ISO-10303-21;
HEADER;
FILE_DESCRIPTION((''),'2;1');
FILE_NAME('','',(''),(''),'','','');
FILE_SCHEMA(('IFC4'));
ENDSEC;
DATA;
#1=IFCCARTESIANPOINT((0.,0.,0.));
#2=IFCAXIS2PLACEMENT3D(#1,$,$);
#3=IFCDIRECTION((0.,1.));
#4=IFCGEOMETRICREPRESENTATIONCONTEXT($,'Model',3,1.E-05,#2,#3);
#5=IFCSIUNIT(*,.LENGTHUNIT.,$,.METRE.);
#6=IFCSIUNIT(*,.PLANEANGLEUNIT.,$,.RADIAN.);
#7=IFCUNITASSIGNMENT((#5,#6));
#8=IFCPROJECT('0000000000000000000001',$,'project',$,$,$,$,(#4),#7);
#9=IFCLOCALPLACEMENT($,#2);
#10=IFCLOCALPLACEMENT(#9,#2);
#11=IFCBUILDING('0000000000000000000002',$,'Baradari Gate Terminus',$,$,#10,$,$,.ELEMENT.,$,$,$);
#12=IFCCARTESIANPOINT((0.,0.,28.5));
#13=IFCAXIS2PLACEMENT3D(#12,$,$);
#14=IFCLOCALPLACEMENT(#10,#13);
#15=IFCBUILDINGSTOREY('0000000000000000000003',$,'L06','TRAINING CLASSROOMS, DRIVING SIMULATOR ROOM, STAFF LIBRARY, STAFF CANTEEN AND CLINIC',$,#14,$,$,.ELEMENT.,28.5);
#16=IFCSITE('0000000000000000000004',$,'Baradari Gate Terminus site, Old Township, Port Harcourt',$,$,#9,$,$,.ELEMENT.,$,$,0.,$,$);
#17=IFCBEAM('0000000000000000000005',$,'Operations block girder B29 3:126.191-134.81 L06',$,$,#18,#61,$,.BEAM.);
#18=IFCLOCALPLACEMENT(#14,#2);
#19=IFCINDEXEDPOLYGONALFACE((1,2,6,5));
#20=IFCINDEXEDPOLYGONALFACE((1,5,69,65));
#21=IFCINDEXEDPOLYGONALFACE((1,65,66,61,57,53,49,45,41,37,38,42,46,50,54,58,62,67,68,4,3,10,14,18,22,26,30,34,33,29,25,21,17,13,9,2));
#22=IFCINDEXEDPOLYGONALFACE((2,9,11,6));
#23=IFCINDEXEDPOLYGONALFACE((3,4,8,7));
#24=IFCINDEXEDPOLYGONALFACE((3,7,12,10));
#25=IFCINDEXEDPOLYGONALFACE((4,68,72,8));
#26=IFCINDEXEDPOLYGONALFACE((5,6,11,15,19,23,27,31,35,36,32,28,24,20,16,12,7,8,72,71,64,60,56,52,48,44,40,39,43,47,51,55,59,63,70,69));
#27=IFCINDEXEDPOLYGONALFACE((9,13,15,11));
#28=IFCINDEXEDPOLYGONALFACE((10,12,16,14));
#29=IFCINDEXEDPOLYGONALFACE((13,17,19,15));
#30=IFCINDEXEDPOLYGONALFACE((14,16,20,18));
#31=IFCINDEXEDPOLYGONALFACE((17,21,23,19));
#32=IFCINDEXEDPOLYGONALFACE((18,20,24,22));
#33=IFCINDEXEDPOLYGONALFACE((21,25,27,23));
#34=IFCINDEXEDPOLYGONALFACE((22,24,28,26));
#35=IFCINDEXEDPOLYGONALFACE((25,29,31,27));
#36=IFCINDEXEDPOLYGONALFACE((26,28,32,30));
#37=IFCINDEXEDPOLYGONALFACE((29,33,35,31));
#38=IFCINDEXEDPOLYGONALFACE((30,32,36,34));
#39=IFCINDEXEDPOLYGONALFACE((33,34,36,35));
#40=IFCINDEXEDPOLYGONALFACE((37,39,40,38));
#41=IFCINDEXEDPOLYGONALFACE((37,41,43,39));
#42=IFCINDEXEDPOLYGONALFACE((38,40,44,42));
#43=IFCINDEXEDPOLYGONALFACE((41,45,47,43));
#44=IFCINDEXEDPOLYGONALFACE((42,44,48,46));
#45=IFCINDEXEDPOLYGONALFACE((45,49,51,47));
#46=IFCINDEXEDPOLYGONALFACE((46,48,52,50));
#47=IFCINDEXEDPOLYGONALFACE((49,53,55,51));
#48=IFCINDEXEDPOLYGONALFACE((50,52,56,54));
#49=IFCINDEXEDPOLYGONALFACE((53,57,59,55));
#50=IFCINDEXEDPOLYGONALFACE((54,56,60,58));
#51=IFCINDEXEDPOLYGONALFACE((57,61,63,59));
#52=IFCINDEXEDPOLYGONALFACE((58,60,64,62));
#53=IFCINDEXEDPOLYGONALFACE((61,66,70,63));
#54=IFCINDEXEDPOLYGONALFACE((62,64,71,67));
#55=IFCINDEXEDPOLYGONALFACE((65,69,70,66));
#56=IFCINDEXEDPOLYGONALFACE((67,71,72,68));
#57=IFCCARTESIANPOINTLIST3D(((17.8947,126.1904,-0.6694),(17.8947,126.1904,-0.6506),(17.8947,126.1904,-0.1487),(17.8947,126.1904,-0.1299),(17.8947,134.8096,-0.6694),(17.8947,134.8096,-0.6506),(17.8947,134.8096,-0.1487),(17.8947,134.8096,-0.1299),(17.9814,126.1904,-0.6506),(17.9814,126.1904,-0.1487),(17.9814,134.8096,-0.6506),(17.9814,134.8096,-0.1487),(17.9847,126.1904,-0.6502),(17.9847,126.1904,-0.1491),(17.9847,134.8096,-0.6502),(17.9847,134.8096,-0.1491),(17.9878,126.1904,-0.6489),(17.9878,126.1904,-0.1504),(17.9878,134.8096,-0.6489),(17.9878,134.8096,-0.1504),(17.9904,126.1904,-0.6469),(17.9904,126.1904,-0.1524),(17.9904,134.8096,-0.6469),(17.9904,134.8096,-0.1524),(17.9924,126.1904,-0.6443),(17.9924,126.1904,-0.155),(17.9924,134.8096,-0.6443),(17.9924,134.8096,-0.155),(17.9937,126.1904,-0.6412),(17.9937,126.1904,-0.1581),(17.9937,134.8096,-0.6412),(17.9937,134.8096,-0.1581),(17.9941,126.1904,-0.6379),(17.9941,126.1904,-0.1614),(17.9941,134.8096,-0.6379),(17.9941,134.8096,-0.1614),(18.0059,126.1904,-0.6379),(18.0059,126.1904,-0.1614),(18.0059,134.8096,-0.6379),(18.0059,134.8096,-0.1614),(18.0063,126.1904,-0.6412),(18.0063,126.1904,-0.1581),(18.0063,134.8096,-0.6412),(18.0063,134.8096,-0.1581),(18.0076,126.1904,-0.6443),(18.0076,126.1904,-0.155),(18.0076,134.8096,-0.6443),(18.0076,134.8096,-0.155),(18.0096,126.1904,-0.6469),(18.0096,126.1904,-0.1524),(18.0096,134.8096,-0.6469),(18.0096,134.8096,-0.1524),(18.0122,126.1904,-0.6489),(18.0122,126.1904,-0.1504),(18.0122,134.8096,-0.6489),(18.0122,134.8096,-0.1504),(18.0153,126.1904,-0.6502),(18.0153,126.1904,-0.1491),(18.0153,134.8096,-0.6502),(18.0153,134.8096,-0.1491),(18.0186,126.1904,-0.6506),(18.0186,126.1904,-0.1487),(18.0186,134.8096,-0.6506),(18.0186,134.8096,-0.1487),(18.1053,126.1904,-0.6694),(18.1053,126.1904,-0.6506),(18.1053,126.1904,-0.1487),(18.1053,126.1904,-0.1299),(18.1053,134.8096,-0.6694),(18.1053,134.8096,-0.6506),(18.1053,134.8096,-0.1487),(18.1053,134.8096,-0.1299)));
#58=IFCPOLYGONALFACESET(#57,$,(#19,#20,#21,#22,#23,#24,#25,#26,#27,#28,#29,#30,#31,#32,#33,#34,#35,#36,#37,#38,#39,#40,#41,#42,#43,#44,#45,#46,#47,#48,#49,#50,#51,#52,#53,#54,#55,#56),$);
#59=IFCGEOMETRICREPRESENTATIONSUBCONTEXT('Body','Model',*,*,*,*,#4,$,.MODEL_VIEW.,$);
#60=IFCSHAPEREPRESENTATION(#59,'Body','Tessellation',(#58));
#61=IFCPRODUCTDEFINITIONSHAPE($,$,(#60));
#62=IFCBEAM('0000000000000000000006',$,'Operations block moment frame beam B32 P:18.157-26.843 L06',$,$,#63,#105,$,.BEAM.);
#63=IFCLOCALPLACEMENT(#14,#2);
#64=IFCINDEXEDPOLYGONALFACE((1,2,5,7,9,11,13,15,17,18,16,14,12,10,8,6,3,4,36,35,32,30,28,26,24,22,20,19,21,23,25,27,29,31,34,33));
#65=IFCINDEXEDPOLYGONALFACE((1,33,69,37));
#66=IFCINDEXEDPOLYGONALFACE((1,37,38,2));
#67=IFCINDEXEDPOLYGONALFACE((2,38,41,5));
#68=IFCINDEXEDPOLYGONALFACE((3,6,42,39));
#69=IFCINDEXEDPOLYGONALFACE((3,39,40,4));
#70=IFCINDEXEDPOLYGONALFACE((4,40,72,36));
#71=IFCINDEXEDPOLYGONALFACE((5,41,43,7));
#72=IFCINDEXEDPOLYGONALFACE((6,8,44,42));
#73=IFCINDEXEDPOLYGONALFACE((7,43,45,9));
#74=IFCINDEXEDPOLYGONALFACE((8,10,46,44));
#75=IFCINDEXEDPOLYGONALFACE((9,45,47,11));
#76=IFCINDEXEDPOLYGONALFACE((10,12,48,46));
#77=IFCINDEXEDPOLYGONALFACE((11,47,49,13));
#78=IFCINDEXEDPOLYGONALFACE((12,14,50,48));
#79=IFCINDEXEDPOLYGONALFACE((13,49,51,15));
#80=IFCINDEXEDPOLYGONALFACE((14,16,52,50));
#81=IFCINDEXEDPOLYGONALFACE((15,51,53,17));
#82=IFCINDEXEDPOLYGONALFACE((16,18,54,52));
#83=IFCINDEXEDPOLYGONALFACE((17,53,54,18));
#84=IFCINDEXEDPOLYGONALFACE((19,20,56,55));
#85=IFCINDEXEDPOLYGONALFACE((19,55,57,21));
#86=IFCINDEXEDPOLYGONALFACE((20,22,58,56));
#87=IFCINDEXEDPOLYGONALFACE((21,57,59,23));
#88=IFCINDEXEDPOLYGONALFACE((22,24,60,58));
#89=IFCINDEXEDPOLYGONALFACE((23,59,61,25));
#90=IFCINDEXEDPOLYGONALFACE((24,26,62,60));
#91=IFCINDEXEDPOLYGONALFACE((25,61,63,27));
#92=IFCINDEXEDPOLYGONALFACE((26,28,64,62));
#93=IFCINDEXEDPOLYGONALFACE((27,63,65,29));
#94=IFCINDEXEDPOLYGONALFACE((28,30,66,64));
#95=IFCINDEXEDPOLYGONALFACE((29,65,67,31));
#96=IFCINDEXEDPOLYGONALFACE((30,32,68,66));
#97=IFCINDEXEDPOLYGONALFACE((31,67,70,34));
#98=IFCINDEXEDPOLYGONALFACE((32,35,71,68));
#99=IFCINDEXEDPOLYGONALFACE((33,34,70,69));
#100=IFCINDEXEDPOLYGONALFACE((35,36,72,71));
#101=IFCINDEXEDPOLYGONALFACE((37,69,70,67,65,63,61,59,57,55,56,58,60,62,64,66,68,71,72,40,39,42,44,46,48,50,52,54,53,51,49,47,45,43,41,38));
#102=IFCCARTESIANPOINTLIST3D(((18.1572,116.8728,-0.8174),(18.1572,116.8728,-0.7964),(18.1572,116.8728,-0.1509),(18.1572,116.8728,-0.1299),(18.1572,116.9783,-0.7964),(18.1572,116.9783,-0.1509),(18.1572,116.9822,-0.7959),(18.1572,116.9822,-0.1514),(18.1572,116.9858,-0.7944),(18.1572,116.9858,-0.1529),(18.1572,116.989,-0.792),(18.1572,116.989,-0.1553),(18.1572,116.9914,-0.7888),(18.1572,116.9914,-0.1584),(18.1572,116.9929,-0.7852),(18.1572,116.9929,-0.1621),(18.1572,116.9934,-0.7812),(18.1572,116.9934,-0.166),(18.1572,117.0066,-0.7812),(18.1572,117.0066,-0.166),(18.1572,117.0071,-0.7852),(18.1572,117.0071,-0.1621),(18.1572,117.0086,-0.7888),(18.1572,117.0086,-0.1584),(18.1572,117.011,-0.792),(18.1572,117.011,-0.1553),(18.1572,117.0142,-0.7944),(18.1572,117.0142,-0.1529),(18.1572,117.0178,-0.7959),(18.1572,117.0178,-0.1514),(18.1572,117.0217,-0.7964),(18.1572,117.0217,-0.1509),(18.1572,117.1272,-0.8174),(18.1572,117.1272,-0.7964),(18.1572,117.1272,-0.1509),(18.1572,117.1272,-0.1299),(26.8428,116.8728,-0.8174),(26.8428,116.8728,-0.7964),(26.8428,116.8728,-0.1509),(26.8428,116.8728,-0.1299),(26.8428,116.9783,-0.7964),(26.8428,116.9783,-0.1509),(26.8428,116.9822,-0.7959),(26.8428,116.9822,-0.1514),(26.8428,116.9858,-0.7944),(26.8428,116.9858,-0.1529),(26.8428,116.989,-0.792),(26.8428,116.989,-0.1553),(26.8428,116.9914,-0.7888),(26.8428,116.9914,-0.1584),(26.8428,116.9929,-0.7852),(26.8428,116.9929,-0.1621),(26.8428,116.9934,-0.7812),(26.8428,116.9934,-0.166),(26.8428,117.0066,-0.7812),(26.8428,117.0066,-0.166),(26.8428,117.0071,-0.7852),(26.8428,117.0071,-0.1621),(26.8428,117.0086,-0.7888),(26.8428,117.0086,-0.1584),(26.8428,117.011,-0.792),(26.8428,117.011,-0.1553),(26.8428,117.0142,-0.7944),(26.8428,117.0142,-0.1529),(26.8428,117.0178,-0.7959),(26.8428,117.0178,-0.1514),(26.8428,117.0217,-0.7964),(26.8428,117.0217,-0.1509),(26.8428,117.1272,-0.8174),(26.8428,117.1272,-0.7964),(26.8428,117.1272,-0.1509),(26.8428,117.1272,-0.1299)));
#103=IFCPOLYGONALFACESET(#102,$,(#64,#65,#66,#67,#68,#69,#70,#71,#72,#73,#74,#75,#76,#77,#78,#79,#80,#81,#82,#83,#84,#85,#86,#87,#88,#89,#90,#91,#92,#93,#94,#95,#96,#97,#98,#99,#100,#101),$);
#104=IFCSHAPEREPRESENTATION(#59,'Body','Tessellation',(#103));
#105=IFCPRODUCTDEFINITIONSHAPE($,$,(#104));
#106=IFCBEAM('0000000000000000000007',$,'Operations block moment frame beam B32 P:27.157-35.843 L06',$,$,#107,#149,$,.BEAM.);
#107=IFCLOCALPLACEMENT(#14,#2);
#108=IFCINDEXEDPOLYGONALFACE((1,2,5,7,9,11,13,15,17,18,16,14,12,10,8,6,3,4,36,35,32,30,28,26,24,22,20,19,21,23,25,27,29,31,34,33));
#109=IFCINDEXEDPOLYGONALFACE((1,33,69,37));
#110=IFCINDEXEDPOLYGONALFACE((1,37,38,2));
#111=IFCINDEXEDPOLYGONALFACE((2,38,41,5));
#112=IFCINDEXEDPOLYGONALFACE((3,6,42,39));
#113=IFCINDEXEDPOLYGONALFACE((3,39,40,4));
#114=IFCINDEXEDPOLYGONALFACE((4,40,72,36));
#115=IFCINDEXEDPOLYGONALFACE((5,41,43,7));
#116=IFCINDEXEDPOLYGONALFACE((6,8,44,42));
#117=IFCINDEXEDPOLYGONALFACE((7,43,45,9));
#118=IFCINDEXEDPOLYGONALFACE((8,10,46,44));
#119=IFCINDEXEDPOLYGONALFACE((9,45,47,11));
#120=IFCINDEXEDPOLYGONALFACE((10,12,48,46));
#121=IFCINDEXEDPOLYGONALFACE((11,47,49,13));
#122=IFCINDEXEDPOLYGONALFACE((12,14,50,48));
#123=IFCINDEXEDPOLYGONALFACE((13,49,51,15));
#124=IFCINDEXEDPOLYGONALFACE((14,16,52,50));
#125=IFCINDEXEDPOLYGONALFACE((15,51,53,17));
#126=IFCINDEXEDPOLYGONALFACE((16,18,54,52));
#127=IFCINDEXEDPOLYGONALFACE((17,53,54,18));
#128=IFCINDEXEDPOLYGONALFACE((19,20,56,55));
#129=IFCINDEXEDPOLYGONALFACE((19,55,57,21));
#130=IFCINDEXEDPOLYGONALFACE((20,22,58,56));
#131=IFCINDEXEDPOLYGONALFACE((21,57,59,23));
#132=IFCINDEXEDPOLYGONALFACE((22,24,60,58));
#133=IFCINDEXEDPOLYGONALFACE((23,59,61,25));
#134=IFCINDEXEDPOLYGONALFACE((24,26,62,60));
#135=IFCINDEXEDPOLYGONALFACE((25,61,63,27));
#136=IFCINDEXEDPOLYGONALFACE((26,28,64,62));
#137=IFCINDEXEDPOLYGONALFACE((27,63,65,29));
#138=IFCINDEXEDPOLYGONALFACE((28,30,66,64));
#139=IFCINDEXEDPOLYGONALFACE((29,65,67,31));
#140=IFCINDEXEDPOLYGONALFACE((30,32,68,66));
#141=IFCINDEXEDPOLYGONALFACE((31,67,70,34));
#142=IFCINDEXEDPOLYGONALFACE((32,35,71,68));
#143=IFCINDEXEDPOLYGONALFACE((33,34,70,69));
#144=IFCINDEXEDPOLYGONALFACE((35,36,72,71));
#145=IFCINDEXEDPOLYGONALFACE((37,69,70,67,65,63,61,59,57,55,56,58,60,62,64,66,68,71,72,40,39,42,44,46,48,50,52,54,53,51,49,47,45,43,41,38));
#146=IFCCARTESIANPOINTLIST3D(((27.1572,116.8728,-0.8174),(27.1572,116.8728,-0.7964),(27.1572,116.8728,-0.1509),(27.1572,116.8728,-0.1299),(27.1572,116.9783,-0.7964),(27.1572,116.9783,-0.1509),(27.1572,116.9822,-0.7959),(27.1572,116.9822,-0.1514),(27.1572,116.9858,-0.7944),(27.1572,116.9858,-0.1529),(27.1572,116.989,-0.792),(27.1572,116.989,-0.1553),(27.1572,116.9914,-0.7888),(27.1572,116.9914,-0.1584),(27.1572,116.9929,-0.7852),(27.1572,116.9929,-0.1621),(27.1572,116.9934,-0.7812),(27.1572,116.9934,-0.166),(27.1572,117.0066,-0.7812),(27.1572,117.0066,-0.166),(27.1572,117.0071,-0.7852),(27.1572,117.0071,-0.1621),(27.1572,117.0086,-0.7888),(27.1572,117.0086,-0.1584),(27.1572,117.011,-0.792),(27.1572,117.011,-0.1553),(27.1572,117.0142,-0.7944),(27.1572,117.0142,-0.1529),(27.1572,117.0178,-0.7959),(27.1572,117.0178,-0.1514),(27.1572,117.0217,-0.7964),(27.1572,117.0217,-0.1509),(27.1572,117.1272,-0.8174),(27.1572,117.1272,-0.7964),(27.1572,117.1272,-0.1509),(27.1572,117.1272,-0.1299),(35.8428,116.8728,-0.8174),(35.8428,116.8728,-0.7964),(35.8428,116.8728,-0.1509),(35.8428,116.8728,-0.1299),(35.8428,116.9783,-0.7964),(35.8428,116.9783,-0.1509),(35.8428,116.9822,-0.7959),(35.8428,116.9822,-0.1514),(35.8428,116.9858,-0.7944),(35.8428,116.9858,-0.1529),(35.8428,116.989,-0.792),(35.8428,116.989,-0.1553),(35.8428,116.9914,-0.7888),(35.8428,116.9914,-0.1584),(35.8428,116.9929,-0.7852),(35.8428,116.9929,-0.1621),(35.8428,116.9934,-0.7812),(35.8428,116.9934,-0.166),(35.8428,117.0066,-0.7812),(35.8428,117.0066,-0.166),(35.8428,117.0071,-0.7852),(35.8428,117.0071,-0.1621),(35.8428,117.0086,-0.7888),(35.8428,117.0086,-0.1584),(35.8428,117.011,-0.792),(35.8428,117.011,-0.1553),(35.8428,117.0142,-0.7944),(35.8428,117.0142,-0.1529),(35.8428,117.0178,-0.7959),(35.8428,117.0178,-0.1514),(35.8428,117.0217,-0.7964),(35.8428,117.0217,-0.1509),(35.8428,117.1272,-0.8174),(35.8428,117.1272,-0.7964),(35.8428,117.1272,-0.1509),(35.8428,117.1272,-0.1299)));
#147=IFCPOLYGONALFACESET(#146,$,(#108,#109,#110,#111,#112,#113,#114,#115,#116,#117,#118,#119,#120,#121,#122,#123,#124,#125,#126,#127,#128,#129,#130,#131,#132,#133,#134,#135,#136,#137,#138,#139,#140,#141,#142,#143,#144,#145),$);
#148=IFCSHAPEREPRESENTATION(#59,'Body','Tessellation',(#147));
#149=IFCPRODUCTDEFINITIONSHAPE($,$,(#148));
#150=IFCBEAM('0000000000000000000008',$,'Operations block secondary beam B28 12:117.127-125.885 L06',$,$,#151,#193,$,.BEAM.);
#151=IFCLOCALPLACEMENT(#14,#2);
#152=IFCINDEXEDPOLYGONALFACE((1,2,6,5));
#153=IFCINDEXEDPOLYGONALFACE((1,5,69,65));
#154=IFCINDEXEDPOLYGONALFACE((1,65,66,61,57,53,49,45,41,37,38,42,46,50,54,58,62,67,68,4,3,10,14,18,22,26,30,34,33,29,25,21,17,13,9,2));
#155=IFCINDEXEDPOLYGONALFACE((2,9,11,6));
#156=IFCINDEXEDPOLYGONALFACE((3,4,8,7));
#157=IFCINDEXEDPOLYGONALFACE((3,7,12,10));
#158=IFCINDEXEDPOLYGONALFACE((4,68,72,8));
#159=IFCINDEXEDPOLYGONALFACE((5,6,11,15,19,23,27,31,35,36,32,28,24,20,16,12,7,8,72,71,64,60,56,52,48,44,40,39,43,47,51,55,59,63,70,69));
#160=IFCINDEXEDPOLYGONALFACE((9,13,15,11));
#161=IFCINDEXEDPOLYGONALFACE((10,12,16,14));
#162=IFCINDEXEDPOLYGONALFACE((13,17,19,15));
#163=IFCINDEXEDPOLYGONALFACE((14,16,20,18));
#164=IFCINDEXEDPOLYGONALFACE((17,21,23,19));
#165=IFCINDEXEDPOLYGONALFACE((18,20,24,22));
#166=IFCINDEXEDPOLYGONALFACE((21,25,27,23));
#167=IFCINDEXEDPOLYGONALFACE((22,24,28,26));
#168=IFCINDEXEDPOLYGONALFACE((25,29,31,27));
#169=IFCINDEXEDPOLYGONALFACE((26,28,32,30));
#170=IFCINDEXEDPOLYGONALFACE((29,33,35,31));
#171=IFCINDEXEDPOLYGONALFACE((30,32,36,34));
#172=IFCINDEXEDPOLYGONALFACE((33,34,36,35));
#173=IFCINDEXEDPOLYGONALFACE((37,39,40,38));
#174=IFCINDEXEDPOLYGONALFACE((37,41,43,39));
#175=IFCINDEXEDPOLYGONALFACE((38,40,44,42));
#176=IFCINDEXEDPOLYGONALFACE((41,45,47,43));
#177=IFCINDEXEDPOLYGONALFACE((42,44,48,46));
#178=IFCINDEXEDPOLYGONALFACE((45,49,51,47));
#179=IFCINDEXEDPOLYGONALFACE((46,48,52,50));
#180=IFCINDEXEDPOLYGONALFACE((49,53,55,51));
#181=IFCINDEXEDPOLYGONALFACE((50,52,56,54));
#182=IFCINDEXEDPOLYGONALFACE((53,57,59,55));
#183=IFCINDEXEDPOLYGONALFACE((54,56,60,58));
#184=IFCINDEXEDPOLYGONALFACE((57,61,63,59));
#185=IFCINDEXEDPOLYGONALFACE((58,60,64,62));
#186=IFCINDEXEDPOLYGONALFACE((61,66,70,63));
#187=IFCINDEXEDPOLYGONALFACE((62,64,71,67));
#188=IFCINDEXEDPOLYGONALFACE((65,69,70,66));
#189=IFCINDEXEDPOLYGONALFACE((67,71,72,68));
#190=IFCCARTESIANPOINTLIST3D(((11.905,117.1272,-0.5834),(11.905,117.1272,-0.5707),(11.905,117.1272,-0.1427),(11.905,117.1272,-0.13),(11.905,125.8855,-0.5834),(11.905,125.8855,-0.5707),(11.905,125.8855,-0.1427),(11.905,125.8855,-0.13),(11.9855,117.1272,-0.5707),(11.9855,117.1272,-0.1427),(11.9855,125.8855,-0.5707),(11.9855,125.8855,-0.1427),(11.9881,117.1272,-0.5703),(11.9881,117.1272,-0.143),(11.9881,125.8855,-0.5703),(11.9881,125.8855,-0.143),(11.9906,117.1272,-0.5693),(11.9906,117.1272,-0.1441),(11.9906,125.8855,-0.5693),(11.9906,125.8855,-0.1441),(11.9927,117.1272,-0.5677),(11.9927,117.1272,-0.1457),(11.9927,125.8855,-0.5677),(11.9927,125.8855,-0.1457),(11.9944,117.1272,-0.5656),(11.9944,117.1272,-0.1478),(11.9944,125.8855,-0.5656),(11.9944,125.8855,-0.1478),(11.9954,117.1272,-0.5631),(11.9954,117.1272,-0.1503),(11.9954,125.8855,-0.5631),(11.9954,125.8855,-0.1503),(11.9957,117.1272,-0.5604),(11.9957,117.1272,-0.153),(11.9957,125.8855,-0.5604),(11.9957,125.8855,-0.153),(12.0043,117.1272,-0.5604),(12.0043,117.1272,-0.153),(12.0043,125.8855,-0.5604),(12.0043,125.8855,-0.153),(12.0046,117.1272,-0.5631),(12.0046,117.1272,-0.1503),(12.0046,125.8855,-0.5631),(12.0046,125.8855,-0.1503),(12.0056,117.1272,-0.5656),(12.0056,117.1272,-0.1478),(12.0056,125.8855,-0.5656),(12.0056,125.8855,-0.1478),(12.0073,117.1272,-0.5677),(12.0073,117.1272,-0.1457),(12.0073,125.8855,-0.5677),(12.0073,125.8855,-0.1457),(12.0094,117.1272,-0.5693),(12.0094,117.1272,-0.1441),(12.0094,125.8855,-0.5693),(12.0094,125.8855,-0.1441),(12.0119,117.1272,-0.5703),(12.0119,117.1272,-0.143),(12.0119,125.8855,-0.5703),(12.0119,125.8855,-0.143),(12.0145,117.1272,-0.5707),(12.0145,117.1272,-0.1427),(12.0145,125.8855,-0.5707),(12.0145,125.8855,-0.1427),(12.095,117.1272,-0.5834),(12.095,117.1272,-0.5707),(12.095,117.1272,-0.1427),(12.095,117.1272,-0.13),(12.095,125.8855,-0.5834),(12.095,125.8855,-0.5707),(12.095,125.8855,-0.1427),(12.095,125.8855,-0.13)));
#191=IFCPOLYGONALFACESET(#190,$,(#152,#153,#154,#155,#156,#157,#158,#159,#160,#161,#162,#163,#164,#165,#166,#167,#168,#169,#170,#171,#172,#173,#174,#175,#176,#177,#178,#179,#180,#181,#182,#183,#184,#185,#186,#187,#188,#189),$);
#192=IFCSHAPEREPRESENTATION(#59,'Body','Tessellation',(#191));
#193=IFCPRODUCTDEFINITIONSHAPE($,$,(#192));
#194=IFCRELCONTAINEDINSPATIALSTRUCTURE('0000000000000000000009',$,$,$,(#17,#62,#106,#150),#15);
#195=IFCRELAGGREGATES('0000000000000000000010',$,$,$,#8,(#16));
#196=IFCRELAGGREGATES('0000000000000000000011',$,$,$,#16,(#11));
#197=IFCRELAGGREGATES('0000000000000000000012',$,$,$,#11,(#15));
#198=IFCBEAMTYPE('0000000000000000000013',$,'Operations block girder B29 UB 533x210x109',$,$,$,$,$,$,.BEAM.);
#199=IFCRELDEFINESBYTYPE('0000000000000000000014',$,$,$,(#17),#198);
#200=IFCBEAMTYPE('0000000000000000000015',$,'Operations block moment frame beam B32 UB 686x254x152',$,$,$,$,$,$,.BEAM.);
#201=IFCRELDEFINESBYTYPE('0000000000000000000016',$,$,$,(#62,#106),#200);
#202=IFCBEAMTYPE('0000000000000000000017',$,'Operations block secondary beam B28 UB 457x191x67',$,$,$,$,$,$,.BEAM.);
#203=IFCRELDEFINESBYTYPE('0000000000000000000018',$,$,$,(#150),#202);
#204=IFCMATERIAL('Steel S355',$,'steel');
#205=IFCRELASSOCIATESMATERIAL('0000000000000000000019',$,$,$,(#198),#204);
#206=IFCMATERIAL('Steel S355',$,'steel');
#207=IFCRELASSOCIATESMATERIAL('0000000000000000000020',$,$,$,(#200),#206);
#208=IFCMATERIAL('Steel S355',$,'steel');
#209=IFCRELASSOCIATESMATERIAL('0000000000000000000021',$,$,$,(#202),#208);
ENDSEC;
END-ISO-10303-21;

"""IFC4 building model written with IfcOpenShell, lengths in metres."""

from ifc_helpers import new_model, si_unit, direction, frame, origin, origin_2d, place, context, subcontext, project, spatial, i_section, extrude, material, material_profile, profile_set, type_object, element, save


model = new_model("IFC4")

# Units and contexts
model_context = context("Model", 3, precision=1e-05, world=origin(), true_north=direction((0.0, 1.0)))
body_context = subcontext(model_context, "Body", "Model", "MODEL_VIEW")
ifc_project = project(units=[si_unit("LENGTHUNIT", "METRE"), si_unit("PLANEANGLEUNIT", "RADIAN")], contexts=[model_context])

# Site, building, storey
site_placement = place(None, origin())
site = spatial("IfcSite", under=ifc_project, at=site_placement, Name="Baradari Gate Terminus site, Old Township, Port Harcourt", CompositionType="ELEMENT", RefElevation=0.0)
building_placement = place(site_placement, origin())
building = spatial("IfcBuilding", under=site, at=building_placement, Name="Baradari Gate Terminus", CompositionType="ELEMENT")
storey_placement = place(building_placement, frame((0.0, 0.0, 28.5)))
storey = spatial("IfcBuildingStorey", under=building, at=storey_placement, Name="L06", Description="TRAINING CLASSROOMS, DRIVING SIMULATOR ROOM, STAFF LIBRARY, STAFF CANTEEN AND CLINIC", CompositionType="ELEMENT", Elevation=28.5)

# Beams
ifc_material_1 = material(Name="Steel S355", Category="steel")
ifc_material_profile_1 = material_profile(ifc_material_1, i_section(OverallWidth=0.2107, OverallDepth=0.5396, WebThickness=0.0117, FlangeThickness=0.0188, FilletRadius=0.0127, at=origin_2d()), Name="UB 533x210x109")
ifc_profile_set_1 = profile_set([ifc_material_profile_1], Name="Steel S355")
beam_type_1 = type_object("IfcBeamType", Name="Operations block girder B29 UB 533x210x109", PredefinedType="BEAM", material=ifc_profile_set_1)
beam_1_placement = place(storey_placement, frame((18.0, 126.1904, -0.3997), z_axis=(0.0, 1.0, 0.0), x_axis=(-1.0, 0.0, 0.0)))
element("IfcBeam", 1, at=beam_1_placement, inside=storey, type_object=beam_type_1, Name="Operations block girder B29 3:126.191-134.81 L06", PredefinedType="BEAM", context=body_context, shape_type="SweptSolid", body=[
    extrude(i_section(OverallWidth=0.2107, OverallDepth=0.5396, WebThickness=0.0117, FlangeThickness=0.0188, FilletRadius=0.0127, at=origin_2d()), origin(), (0.0, 0.0, 1.0), 8.6191),
])
ifc_material_2 = material(Name="Steel S355", Category="steel")
ifc_material_profile_2 = material_profile(ifc_material_2, i_section(OverallWidth=0.2544, OverallDepth=0.6875, WebThickness=0.0132, FlangeThickness=0.021, FilletRadius=0.0151, at=origin_2d()), Name="UB 686x254x152")
ifc_profile_set_2 = profile_set([ifc_material_profile_2], Name="Steel S355")
beam_type_2 = type_object("IfcBeamType", Name="Operations block moment frame beam B32 UB 686x254x152", PredefinedType="BEAM", material=ifc_profile_set_2)
for number, where, z_axis, x_axis, name in (
    (2, (18.1572, 117.0, -0.4736), (1.0, 0.0, 0.0), (0.0, 1.0, 0.0), "Operations block moment frame beam B32 P:18.157-26.843 L06"),
    (3, (27.1572, 117.0, -0.4736), (1.0, 0.0, 0.0), (0.0, 1.0, 0.0), "Operations block moment frame beam B32 P:27.157-35.843 L06"),
):
    element("IfcBeam", number, at=place(storey_placement, frame(where, z_axis=z_axis, x_axis=x_axis)), inside=storey, type_object=beam_type_2, Name=name, PredefinedType="BEAM", context=body_context, shape_type="SweptSolid", body=[
        extrude(i_section(OverallWidth=0.2544, OverallDepth=0.6875, WebThickness=0.0132, FlangeThickness=0.021, FilletRadius=0.0151, at=origin_2d()), origin(), (0.0, 0.0, 1.0), 8.6855),
    ])
ifc_material_3 = material(Name="Steel S355", Category="steel")
ifc_material_profile_3 = material_profile(ifc_material_3, i_section(OverallWidth=0.1899, OverallDepth=0.4534, WebThickness=0.0085, FlangeThickness=0.0127, FilletRadius=0.0103, at=origin_2d()), Name="UB 457x191x67")
ifc_profile_set_3 = profile_set([ifc_material_profile_3], Name="Steel S355")
beam_type_3 = type_object("IfcBeamType", Name="Operations block secondary beam B28 UB 457x191x67", PredefinedType="BEAM", material=ifc_profile_set_3)
beam_2_placement = place(storey_placement, frame((12.0, 117.1272, -0.3567), z_axis=(0.0, 1.0, 0.0), x_axis=(-1.0, 0.0, 0.0)))
element("IfcBeam", 4, at=beam_2_placement, inside=storey, type_object=beam_type_3, Name="Operations block secondary beam B28 12:117.127-125.885 L06", PredefinedType="BEAM", context=body_context, shape_type="SweptSolid", body=[
    extrude(i_section(OverallWidth=0.1899, OverallDepth=0.4534, WebThickness=0.0085, FlangeThickness=0.0127, FilletRadius=0.0103, at=origin_2d()), origin(), (0.0, 0.0, 1.0), 8.7583),
])

save(model, "model.ifc")
